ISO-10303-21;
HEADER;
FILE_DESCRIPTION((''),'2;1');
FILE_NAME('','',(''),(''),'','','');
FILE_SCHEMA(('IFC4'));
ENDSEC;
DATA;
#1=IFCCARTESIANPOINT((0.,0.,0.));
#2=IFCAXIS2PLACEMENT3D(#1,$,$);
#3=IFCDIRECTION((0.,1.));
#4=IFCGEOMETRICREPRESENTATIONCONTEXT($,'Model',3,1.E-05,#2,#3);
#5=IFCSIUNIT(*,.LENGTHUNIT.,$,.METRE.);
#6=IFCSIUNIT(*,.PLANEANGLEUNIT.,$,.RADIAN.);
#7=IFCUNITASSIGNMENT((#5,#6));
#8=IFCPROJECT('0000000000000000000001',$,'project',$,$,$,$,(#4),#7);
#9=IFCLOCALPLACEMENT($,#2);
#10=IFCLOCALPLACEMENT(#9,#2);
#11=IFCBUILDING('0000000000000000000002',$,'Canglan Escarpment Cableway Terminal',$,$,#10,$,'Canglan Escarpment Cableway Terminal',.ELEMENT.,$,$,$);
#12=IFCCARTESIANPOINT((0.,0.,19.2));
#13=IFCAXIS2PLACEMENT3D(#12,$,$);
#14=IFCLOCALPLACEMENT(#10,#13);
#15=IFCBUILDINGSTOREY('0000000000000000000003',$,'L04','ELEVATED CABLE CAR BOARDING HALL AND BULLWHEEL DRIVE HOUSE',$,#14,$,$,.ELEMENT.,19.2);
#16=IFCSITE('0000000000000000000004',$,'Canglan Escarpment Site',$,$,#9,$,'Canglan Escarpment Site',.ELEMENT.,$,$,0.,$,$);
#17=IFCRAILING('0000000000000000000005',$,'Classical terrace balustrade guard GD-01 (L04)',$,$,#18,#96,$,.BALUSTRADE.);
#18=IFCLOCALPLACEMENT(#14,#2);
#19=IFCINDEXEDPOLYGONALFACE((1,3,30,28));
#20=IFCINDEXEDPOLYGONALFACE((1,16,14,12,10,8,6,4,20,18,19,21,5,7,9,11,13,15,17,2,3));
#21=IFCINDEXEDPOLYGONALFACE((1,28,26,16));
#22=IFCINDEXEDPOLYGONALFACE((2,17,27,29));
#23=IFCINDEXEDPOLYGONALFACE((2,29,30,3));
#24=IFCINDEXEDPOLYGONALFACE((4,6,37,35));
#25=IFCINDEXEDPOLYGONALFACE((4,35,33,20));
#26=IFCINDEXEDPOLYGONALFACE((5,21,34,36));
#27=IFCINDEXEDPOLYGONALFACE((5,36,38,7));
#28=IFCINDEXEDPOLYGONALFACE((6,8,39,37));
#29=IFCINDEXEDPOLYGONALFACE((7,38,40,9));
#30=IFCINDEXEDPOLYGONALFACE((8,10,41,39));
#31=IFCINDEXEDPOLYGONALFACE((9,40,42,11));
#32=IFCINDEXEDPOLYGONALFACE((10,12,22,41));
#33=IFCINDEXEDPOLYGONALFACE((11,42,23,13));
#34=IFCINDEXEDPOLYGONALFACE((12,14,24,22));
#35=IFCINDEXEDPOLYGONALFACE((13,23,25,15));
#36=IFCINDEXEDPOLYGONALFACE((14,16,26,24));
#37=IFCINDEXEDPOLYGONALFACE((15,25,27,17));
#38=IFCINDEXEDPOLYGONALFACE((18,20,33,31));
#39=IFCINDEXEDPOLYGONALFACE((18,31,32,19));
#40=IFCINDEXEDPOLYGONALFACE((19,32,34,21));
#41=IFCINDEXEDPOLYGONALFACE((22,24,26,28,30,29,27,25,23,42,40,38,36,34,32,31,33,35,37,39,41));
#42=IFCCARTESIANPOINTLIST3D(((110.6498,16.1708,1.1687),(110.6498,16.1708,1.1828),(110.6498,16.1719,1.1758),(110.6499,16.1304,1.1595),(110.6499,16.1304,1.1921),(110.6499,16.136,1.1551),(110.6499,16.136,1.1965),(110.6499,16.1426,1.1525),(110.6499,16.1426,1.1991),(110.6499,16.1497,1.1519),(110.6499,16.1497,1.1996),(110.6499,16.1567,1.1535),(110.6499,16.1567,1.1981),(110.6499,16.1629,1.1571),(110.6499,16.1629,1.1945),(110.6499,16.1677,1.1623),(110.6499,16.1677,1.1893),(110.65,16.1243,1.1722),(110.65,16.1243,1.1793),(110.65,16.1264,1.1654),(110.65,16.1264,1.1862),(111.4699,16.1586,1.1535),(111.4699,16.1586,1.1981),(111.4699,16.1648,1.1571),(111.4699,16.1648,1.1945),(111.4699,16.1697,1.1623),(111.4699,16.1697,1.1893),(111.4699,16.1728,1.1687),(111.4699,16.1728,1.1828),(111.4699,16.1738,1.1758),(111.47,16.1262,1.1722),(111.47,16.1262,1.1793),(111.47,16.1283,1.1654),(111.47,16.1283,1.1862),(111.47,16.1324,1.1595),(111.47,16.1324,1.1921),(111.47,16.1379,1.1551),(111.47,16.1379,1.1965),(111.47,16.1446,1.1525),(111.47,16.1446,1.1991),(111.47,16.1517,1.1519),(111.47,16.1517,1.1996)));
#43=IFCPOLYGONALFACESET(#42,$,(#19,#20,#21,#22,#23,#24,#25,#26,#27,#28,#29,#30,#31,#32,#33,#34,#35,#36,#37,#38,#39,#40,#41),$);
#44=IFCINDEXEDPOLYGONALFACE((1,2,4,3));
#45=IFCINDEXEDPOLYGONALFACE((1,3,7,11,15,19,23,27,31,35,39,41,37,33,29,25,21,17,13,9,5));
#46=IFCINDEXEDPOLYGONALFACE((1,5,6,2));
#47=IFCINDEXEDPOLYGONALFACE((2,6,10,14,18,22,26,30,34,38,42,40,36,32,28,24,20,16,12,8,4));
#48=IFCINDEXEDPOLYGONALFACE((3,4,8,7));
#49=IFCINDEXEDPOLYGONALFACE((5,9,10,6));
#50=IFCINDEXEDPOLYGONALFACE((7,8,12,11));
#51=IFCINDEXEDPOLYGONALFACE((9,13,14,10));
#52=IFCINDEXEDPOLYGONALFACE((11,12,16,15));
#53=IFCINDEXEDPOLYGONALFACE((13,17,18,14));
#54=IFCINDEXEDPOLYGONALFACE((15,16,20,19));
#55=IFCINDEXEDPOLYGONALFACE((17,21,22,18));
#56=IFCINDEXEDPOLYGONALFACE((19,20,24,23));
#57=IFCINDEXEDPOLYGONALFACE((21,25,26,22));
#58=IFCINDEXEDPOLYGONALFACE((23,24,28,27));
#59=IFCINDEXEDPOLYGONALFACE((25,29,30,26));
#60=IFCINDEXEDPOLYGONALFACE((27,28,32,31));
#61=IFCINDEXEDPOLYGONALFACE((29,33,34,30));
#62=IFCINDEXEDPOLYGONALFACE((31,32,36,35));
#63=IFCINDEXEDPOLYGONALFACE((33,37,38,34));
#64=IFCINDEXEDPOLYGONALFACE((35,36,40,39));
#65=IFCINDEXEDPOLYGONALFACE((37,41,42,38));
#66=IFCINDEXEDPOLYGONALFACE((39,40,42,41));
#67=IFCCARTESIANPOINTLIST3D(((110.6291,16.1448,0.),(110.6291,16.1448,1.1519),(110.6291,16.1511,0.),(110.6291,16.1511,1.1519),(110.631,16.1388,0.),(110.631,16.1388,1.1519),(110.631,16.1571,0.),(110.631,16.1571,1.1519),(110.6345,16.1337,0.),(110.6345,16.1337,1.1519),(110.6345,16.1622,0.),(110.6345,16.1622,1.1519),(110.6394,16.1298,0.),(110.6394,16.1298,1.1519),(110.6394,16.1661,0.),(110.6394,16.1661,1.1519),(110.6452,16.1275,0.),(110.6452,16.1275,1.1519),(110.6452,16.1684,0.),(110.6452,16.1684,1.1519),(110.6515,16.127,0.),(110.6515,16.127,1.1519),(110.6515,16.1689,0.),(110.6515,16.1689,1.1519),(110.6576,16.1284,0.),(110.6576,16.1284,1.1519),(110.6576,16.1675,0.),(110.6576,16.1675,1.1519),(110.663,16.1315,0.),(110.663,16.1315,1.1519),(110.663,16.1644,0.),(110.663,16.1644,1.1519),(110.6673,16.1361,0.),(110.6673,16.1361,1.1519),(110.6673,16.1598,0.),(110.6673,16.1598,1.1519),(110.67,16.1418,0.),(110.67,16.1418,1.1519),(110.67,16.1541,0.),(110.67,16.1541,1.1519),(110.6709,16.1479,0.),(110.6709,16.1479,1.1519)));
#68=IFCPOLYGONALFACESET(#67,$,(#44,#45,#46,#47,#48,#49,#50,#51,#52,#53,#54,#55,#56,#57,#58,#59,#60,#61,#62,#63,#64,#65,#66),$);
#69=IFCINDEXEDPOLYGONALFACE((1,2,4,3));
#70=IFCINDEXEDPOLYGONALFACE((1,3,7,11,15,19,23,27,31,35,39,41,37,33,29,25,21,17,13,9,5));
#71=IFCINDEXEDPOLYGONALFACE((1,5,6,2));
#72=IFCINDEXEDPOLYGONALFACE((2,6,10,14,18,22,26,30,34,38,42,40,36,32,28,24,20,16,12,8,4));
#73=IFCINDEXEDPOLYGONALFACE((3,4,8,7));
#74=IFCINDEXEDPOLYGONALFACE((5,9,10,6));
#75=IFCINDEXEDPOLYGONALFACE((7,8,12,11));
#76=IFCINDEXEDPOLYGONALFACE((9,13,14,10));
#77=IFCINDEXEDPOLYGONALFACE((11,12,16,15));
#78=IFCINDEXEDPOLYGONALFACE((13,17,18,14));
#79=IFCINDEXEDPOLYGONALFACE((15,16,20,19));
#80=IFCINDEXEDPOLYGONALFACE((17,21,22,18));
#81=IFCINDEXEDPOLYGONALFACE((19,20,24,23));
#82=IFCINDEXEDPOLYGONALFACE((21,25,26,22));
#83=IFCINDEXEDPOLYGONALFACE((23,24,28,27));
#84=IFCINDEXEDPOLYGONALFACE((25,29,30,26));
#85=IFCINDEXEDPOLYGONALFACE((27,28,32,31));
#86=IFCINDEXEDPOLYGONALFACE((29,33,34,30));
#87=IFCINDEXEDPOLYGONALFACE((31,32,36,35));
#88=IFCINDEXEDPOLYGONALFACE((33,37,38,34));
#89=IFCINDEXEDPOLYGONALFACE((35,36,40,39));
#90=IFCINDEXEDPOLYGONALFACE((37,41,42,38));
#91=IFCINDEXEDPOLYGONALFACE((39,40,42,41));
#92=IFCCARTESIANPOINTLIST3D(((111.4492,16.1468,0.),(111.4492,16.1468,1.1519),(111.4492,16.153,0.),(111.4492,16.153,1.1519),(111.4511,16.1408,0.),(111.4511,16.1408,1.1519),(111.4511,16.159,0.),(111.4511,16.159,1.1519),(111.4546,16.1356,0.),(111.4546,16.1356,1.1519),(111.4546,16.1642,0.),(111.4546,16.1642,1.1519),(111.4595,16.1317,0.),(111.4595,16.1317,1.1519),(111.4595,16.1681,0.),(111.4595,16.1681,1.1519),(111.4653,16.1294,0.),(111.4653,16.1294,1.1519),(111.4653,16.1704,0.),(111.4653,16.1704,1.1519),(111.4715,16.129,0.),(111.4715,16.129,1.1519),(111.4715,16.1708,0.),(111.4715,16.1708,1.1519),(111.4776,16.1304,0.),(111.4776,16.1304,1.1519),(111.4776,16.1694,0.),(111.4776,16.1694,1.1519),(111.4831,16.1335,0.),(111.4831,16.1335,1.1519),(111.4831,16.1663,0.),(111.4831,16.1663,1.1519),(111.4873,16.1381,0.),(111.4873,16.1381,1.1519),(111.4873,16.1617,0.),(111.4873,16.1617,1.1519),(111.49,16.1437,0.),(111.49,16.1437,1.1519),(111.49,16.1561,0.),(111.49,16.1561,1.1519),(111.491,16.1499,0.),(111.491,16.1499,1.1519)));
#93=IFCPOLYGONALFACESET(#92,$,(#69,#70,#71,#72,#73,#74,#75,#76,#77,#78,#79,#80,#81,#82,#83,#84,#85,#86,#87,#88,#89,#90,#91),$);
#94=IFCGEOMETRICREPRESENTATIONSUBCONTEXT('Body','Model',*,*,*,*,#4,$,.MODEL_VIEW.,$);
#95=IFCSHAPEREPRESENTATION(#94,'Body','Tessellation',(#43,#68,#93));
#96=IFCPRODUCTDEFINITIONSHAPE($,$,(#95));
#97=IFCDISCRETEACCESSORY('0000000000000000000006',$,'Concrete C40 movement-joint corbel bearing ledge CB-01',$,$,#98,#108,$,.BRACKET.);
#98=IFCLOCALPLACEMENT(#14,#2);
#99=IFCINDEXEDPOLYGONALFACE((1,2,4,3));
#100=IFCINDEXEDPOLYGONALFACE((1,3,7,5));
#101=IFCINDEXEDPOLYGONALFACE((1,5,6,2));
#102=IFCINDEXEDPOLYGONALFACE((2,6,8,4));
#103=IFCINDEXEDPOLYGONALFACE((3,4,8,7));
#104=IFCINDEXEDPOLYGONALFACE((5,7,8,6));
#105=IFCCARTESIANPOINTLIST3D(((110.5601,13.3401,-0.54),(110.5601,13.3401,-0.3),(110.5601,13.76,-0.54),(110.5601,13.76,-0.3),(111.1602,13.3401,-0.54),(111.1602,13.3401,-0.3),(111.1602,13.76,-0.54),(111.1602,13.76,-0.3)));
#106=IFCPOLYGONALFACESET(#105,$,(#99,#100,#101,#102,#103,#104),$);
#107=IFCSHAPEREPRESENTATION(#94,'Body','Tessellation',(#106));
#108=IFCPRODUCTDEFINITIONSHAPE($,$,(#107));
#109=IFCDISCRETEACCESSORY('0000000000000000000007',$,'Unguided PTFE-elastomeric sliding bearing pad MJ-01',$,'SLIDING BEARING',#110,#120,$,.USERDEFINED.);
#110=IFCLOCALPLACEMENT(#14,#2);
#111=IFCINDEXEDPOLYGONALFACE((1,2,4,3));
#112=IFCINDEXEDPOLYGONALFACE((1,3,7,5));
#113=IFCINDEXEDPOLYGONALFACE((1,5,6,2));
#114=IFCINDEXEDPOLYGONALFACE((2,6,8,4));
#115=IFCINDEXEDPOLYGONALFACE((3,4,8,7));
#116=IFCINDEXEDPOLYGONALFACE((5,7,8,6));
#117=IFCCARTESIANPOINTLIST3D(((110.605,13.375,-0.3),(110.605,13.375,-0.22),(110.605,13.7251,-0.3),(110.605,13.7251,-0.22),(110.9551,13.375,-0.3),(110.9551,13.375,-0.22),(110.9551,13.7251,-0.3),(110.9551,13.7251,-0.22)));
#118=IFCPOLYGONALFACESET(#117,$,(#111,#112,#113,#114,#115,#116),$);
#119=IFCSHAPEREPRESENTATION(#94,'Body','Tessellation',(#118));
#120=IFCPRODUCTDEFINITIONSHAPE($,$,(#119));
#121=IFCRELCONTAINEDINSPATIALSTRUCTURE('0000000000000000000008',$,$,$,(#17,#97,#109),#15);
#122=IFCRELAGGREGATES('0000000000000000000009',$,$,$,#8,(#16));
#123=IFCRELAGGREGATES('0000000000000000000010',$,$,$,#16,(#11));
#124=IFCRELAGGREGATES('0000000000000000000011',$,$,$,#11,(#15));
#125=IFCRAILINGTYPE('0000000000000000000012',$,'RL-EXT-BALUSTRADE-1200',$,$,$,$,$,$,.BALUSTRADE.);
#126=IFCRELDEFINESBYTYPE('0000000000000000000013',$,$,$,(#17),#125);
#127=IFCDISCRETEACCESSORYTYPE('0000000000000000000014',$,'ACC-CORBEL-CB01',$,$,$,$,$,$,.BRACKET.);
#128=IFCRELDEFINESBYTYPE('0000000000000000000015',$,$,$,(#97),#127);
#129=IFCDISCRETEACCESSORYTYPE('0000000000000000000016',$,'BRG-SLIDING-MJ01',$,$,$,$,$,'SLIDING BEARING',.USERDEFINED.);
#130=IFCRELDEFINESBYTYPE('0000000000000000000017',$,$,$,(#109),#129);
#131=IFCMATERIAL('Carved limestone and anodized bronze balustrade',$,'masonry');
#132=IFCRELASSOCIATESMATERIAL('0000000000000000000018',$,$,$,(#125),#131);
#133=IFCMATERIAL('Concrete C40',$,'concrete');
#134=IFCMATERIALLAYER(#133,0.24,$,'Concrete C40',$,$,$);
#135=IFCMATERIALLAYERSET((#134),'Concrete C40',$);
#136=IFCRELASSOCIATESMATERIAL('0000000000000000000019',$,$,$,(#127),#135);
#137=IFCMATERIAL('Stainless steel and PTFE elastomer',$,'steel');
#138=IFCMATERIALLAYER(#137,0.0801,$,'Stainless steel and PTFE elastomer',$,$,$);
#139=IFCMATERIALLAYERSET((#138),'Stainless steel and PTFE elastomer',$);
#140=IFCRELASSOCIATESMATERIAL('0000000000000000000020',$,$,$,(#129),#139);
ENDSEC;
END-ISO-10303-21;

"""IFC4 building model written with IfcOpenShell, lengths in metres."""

from ifc_helpers import new_model, si_unit, direction, frame, origin, origin_2d, place, context, subcontext, project, spatial, rectangle, circle, extrude, material, layer, layer_set, type_object, element, save


model = new_model("IFC4")

# Units and contexts
model_context = context("Model", 3, precision=1e-05, world=origin(), true_north=direction((0.0, 1.0)))
body_context = subcontext(model_context, "Body", "Model", "MODEL_VIEW")
ifc_project = project(units=[si_unit("LENGTHUNIT", "METRE"), si_unit("PLANEANGLEUNIT", "RADIAN")], contexts=[model_context])

# Site, building, storey
site_placement = place(None, origin())
site = spatial("IfcSite", under=ifc_project, at=site_placement, Name="Canglan Escarpment Site", LongName="Canglan Escarpment Site", CompositionType="ELEMENT", RefElevation=0.0)
building_placement = place(site_placement, origin())
building = spatial("IfcBuilding", under=site, at=building_placement, Name="Canglan Escarpment Cableway Terminal", LongName="Canglan Escarpment Cableway Terminal", CompositionType="ELEMENT")
storey_placement = place(building_placement, frame((0.0, 0.0, 19.2)))
storey = spatial("IfcBuildingStorey", under=building, at=storey_placement, Name="L04", Description="ELEVATED CABLE CAR BOARDING HALL AND BULLWHEEL DRIVE HOUSE", CompositionType="ELEMENT", Elevation=19.2)

# Shared definitions
ifc_material_1 = material(Name="Concrete C40", Category="concrete")

# Railing
ifc_material_2 = material(Name="Carved limestone and anodized bronze balustrade", Category="masonry")
railing_type = type_object("IfcRailingType", Name="RL-EXT-BALUSTRADE-1200", PredefinedType="BALUSTRADE", material=ifc_material_2)
railing_1_placement = place(storey_placement, frame((110.6499, 16.1479, 0.0)))
element("IfcRailing", 1, at=railing_1_placement, inside=storey, type_object=railing_type, Name="Classical terrace balustrade guard GD-01 (L04)", PredefinedType="BALUSTRADE", context=body_context, shape_type="SweptSolid", body=[
    extrude(circle(Radius=0.0239, at=origin_2d()), frame((0.0, 0.0, 1.1758), z_axis=(0.999997, 0.002382, 0.0), x_axis=(-0.002382, 0.999997, 0.0)), (0.0, 0.0, 1.0), 0.8201),
    extrude(circle(Radius=0.021, at=origin_2d()), origin(), (0.0, 0.0, 1.0), 1.1519),
    extrude(circle(Radius=0.021, at=origin_2d()), frame((0.8201, 0.002, 0.0)), (0.0, 0.0, 1.0), 1.1519),
])

# Discrete accessories
ifc_layer_1 = layer(ifc_material_1, 0.24, Name="Concrete C40")
ifc_layer_set_1 = layer_set([ifc_layer_1], Name="Concrete C40")
discrete_accessory_type_1 = type_object("IfcDiscreteAccessoryType", Name="ACC-CORBEL-CB01", PredefinedType="BRACKET", material=ifc_layer_set_1)
discrete_accessory_1_placement = place(storey_placement, frame((110.8601, 13.55, -0.54), z_axis=(0.0, 0.0, 1.0), x_axis=(1.0, 0.0, 0.0)))
element("IfcDiscreteAccessory", 2, at=discrete_accessory_1_placement, inside=storey, type_object=discrete_accessory_type_1, Name="Concrete C40 movement-joint corbel bearing ledge CB-01", PredefinedType="BRACKET", context=body_context, shape_type="SweptSolid", body=[
    extrude(rectangle(XDim=0.6001, YDim=0.4199, at=origin_2d()), origin(), (0.0, 0.0, 1.0), 0.24),
])
ifc_material_3 = material(Name="Stainless steel and PTFE elastomer", Category="steel")
ifc_layer_2 = layer(ifc_material_3, 0.0801, Name="Stainless steel and PTFE elastomer")
ifc_layer_set_2 = layer_set([ifc_layer_2], Name="Stainless steel and PTFE elastomer")
discrete_accessory_type_2 = type_object("IfcDiscreteAccessoryType", Name="BRG-SLIDING-MJ01", ElementType="SLIDING BEARING", PredefinedType="USERDEFINED", material=ifc_layer_set_2)
discrete_accessory_2_placement = place(storey_placement, frame((110.78, 13.55, -0.3), z_axis=(0.0, 0.0, 1.0), x_axis=(1.0, 0.0, 0.0)))
element("IfcDiscreteAccessory", 3, at=discrete_accessory_2_placement, inside=storey, type_object=discrete_accessory_type_2, Name="Unguided PTFE-elastomeric sliding bearing pad MJ-01", ObjectType="SLIDING BEARING", PredefinedType="USERDEFINED", context=body_context, shape_type="SweptSolid", body=[
    extrude(rectangle(XDim=0.3501, YDim=0.3501, at=origin_2d()), origin(), (0.0, 0.0, 1.0), 0.0801),
])

save(model, "model.ifc")
